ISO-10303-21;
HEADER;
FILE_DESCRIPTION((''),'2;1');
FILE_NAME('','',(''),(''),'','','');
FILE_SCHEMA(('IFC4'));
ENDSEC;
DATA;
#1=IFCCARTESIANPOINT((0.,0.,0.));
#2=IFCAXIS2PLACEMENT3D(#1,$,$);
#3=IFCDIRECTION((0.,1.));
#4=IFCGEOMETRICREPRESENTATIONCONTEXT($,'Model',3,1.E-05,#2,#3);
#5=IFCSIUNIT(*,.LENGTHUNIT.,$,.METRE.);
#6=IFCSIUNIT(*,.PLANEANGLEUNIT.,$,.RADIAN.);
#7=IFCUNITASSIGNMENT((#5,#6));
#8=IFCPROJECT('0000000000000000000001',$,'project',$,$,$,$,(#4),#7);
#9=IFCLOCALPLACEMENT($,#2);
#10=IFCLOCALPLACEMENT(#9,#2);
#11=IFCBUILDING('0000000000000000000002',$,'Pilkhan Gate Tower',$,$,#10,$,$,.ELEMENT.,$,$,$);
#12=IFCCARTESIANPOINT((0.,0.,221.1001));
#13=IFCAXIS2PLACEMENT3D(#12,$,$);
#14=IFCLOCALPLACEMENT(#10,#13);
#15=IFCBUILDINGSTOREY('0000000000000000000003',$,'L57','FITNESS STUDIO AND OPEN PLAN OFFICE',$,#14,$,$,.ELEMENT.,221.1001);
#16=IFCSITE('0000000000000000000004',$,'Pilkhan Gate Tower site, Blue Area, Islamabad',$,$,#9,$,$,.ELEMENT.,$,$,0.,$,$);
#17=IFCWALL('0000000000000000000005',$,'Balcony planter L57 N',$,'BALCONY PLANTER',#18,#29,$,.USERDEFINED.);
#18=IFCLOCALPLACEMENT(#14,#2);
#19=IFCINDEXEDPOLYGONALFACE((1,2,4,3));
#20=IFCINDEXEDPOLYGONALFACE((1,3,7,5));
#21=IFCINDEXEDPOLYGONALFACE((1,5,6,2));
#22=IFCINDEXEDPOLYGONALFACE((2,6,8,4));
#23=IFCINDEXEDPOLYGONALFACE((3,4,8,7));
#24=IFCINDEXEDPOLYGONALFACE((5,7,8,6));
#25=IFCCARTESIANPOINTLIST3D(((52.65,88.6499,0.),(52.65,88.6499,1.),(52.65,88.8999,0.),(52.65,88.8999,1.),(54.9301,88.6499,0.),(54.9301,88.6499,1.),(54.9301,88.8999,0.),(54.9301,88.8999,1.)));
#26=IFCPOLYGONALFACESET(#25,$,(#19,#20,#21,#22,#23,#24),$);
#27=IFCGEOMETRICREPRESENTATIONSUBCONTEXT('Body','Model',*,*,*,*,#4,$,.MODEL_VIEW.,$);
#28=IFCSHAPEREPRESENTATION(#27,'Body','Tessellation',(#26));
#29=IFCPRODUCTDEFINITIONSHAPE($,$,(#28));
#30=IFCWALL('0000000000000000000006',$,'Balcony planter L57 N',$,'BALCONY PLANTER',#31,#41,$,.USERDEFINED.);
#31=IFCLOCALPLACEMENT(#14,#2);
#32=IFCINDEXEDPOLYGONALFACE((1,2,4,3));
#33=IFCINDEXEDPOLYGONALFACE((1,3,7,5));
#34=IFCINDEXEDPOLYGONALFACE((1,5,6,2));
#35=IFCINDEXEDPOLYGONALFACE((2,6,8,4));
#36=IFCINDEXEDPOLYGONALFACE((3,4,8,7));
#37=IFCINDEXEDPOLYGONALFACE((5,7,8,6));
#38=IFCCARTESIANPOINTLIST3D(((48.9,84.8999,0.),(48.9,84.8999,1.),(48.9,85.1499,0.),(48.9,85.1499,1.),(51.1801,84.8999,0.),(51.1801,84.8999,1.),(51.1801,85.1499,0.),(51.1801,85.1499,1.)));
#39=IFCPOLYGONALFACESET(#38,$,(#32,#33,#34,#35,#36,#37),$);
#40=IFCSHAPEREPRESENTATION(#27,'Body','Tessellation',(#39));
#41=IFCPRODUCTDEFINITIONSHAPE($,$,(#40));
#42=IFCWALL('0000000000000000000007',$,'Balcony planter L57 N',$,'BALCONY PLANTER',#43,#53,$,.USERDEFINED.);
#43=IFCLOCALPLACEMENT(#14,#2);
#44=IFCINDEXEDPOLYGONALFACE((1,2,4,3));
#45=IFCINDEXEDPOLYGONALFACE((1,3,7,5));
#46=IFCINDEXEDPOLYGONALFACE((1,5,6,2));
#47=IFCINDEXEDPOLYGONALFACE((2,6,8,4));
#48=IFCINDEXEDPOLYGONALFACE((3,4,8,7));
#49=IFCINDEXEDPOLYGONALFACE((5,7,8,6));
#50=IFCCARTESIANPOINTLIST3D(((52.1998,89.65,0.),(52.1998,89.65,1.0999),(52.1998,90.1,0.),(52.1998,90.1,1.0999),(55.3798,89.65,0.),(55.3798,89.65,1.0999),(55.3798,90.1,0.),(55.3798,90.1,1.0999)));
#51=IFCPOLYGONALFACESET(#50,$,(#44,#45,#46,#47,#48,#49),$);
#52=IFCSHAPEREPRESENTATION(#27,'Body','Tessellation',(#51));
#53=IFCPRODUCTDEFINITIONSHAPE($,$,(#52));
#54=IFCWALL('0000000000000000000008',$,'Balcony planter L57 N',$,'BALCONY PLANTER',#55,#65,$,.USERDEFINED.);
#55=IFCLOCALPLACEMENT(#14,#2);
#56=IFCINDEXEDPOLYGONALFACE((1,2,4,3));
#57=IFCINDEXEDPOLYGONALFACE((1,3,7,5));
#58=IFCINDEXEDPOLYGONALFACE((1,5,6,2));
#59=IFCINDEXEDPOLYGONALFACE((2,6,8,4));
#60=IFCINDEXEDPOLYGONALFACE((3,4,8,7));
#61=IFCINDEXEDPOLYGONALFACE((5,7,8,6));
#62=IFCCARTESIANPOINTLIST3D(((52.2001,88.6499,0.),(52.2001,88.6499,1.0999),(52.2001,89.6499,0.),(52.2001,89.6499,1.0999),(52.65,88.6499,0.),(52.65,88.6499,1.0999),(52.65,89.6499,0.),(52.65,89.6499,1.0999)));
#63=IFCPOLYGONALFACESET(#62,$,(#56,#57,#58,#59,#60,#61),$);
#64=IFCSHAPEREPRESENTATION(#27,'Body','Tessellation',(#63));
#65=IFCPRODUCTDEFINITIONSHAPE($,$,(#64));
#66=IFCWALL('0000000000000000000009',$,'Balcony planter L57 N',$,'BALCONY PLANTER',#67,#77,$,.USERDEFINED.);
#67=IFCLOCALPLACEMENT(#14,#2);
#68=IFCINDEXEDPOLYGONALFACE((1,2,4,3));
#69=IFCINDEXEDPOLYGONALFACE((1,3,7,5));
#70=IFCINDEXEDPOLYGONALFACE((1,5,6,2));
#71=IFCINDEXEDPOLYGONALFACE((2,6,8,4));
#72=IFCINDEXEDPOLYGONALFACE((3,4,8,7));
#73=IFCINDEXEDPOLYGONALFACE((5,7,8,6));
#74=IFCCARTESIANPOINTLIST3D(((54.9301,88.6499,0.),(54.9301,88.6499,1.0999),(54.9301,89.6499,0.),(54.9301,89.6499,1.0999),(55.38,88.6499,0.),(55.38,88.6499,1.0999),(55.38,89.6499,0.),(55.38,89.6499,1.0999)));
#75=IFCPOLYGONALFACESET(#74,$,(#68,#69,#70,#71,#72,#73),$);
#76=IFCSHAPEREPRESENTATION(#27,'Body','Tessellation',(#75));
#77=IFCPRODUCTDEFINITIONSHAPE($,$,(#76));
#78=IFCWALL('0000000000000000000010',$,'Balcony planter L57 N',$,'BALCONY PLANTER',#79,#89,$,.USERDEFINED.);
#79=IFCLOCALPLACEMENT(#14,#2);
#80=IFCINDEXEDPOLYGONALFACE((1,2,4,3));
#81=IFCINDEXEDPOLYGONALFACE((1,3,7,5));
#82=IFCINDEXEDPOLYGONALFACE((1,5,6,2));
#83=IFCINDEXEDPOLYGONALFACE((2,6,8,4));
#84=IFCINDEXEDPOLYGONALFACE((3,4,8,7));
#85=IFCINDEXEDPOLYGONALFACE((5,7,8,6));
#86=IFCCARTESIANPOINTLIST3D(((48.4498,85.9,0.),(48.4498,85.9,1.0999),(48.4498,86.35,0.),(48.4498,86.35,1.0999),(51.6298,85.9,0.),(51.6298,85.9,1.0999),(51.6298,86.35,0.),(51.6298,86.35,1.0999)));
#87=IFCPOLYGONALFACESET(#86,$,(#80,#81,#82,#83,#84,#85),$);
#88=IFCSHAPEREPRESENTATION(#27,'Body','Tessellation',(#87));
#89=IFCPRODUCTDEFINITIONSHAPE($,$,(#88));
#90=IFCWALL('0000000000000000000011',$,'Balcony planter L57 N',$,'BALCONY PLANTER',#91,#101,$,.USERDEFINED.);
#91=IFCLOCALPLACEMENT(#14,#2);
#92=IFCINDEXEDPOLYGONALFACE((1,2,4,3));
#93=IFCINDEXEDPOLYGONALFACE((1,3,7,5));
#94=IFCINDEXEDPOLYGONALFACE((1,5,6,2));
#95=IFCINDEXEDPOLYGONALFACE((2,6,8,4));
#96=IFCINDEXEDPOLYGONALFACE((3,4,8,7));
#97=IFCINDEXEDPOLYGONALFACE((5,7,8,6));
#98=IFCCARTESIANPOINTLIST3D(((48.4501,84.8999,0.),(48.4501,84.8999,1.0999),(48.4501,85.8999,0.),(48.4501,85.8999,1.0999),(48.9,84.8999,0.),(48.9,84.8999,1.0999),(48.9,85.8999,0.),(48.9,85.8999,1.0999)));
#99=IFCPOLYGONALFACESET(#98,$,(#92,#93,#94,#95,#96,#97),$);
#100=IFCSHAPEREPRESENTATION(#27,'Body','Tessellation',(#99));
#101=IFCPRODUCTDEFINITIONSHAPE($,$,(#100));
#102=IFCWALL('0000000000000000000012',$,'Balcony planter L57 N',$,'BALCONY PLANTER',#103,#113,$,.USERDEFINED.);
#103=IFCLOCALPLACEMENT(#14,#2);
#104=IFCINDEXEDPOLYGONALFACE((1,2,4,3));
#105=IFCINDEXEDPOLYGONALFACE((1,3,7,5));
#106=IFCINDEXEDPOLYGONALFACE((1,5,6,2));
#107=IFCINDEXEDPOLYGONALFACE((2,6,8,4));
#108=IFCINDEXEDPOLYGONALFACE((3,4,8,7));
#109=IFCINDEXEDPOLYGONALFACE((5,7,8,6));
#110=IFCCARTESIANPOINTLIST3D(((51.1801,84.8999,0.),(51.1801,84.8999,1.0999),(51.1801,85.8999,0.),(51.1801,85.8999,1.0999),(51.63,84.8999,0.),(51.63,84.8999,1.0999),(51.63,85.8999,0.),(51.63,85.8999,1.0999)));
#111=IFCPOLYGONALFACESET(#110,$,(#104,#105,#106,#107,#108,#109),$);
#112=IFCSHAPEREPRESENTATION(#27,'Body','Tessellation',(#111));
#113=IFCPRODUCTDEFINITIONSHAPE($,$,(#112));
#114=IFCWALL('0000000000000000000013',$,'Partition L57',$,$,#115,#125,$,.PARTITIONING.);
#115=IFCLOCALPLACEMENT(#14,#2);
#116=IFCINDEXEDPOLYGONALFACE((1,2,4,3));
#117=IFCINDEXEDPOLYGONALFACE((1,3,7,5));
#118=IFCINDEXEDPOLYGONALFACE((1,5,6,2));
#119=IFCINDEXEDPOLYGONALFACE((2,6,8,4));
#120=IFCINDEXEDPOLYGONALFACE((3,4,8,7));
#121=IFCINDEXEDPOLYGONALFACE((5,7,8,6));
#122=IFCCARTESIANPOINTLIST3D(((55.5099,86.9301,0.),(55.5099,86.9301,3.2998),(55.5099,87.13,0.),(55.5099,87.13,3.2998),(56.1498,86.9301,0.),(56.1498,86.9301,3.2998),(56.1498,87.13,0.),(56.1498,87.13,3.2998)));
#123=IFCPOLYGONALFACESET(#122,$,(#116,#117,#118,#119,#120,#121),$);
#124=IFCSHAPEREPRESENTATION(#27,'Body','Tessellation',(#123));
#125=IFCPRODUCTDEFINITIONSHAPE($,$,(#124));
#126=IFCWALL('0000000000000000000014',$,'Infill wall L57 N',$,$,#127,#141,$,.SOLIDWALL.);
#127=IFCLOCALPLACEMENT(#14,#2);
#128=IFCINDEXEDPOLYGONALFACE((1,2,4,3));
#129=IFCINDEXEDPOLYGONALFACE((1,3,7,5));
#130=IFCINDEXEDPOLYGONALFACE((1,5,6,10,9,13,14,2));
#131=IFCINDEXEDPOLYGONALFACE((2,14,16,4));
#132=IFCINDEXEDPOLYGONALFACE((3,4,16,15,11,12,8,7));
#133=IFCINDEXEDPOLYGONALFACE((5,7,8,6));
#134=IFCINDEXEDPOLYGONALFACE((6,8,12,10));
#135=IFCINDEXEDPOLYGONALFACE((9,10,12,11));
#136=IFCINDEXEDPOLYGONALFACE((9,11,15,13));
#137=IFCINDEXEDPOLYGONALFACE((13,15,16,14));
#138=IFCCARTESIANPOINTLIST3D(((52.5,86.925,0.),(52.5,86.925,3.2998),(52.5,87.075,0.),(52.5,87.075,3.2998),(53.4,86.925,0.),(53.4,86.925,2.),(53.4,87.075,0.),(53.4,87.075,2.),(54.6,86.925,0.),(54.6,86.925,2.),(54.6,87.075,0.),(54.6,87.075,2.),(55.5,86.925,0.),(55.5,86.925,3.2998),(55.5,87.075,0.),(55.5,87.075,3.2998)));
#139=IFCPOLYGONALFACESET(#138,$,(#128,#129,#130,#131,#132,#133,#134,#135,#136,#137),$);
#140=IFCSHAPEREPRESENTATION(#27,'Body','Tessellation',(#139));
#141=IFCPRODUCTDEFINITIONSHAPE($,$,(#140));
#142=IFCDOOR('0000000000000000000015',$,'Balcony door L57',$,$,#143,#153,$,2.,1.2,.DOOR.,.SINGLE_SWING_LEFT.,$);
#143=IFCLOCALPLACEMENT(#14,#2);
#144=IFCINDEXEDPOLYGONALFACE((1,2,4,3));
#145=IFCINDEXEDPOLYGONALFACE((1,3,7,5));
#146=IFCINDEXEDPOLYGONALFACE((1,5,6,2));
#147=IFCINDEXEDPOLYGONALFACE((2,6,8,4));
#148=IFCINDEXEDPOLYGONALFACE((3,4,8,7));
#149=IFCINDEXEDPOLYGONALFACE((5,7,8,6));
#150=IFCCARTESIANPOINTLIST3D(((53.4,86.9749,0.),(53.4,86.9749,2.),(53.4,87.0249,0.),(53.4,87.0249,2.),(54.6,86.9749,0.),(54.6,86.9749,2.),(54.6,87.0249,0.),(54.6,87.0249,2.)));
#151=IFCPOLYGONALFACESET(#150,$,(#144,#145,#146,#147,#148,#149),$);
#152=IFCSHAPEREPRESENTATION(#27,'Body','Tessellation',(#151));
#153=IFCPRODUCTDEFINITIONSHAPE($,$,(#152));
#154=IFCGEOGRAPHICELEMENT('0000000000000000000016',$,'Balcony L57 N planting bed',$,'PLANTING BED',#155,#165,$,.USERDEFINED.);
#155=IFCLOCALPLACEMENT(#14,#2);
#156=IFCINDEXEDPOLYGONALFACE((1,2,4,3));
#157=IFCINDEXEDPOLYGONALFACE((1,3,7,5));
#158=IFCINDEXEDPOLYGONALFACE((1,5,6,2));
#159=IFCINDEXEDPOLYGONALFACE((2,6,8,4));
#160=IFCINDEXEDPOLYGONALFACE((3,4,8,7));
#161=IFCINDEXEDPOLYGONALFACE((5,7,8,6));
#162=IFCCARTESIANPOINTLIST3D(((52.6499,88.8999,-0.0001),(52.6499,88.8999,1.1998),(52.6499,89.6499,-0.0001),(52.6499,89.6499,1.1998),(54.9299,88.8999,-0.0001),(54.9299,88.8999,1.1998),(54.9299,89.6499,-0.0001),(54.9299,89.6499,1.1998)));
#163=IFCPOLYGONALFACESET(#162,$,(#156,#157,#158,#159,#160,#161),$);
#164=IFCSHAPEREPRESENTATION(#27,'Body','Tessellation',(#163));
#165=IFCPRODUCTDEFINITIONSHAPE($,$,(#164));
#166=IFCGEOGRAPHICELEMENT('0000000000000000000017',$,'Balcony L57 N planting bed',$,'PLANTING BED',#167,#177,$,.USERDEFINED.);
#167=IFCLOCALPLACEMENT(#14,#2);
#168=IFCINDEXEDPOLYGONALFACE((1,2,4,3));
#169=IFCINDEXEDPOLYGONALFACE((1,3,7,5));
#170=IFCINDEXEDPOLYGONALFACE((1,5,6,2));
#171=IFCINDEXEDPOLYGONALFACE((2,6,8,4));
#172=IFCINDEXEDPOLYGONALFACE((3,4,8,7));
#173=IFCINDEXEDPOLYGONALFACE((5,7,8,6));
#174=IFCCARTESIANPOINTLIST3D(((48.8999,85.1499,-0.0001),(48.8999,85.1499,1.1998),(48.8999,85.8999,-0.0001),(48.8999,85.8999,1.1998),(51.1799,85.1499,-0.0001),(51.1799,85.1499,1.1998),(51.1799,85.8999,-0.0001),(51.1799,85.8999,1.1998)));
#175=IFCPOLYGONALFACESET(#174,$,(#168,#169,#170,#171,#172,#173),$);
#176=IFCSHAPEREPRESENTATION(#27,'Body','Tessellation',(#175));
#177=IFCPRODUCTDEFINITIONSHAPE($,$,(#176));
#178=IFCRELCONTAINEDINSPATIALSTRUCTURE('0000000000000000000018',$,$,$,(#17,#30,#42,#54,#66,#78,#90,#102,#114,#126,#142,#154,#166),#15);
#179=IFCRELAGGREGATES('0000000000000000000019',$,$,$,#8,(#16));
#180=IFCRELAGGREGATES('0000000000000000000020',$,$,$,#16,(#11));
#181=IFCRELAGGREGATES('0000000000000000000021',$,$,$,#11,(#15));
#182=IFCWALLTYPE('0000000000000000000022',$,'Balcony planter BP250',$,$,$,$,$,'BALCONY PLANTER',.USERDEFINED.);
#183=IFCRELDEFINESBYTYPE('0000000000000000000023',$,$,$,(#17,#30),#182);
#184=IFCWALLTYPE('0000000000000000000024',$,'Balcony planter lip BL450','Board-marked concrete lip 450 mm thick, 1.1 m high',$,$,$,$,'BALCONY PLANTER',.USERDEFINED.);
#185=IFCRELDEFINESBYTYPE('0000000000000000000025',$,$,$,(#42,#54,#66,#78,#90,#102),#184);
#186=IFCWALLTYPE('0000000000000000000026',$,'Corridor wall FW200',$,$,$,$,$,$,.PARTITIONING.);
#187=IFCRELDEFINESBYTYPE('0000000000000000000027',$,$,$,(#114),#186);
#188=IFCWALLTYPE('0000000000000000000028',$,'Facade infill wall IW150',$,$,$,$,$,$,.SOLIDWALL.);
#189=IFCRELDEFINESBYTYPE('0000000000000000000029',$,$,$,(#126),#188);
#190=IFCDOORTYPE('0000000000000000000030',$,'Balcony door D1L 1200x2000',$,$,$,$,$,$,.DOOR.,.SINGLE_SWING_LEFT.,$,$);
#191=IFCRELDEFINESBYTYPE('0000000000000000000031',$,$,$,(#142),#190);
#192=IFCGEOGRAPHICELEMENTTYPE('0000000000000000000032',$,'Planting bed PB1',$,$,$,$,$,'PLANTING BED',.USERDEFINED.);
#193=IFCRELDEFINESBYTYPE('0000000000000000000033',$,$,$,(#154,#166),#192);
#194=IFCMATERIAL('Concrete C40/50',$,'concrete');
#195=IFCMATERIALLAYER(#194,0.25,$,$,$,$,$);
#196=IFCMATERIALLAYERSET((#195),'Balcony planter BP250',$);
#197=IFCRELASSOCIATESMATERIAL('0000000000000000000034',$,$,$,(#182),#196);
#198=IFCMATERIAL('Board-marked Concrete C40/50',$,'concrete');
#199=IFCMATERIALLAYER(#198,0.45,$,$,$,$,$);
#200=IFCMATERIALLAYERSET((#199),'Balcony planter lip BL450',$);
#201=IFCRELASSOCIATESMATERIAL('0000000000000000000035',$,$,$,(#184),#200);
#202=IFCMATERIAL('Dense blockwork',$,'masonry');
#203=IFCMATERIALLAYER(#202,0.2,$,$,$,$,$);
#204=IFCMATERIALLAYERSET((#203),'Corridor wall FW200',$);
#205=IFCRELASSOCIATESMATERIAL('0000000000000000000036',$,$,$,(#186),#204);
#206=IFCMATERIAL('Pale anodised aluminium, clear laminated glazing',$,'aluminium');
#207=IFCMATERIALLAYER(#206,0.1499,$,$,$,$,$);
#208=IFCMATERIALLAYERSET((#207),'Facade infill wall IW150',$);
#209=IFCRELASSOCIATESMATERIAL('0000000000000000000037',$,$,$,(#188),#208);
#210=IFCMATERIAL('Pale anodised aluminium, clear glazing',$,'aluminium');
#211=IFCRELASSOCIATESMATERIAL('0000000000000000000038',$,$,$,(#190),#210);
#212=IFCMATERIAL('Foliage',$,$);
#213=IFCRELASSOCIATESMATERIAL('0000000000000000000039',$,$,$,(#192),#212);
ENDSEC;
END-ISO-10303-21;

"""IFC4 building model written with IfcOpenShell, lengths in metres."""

from ifc_helpers import new_model, si_unit, direction, frame, frame_2d, origin, origin_2d, place, context, subcontext, project, spatial, rectangle, extrude, material, layer, layer_set, material_profile, profile_set, type_object, element, fill, save


model = new_model("IFC4")

# Units and contexts
model_context = context("Model", 3, precision=1e-05, world=origin(), true_north=direction((0.0, 1.0)))
body_context = subcontext(model_context, "Body", "Model", "MODEL_VIEW")
ifc_project = project(units=[si_unit("LENGTHUNIT", "METRE"), si_unit("PLANEANGLEUNIT", "RADIAN")], contexts=[model_context])

# Site, building, storey
site_placement = place(None, origin())
site = spatial("IfcSite", under=ifc_project, at=site_placement, Name="Pilkhan Gate Tower site, Blue Area, Islamabad", CompositionType="ELEMENT", RefElevation=0.0)
building_placement = place(site_placement, origin())
building = spatial("IfcBuilding", under=site, at=building_placement, Name="Pilkhan Gate Tower", CompositionType="ELEMENT")
storey_placement = place(building_placement, frame((0.0, 0.0, 221.1001)))
storey = spatial("IfcBuildingStorey", under=building, at=storey_placement, Name="L57", Description="FITNESS STUDIO AND OPEN PLAN OFFICE", CompositionType="ELEMENT", Elevation=221.1001)

# Walls
ifc_material_1 = material(Name="Concrete C40/50", Category="concrete")
ifc_layer_1 = layer(ifc_material_1, 0.25)
ifc_layer_set_1 = layer_set([ifc_layer_1], Name="Balcony planter BP250")
wall_type_1 = type_object("IfcWallType", Name="Balcony planter BP250", ElementType="BALCONY PLANTER", PredefinedType="USERDEFINED", material=ifc_layer_set_1)
for number, where, z_axis, x_axis, name in (
    (1, (52.6499, 88.7749, 0.0), (0.0, 0.0, 1.0), (1.0, 0.0, 0.0), "Balcony planter L57 N"),
    (2, (48.8999, 85.0249, 0.0), (0.0, 0.0, 1.0), (1.0, 0.0, 0.0), "Balcony planter L57 N"),
):
    element("IfcWall", number, at=place(storey_placement, frame(where, z_axis=z_axis, x_axis=x_axis)), inside=storey, type_object=wall_type_1, Name=name, ObjectType="BALCONY PLANTER", PredefinedType="USERDEFINED", context=body_context, shape_type="SweptSolid", body=[
        extrude(rectangle(XDim=2.28, YDim=0.25, at=frame_2d((1.1401, 0.0))), origin(), (0.0, 0.0, 1.0), 1.0),
    ])
ifc_material_2 = material(Name="Board-marked Concrete C40/50", Category="concrete")
ifc_layer_2 = layer(ifc_material_2, 0.45)
ifc_layer_set_2 = layer_set([ifc_layer_2], Name="Balcony planter lip BL450")
wall_type_2 = type_object("IfcWallType", Name="Balcony planter lip BL450", Description="Board-marked concrete lip 450 mm thick, 1.1 m high", ElementType="BALCONY PLANTER", PredefinedType="USERDEFINED", material=ifc_layer_set_2)
wall_1_placement = place(storey_placement, frame((52.2, 89.875, 0.0), z_axis=(0.0, 0.0, 1.0), x_axis=(1.0, 0.0, 0.0)))
element("IfcWall", 3, at=wall_1_placement, inside=storey, type_object=wall_type_2, Name="Balcony planter L57 N", ObjectType="BALCONY PLANTER", PredefinedType="USERDEFINED", context=body_context, shape_type="SweptSolid", body=[
    extrude(rectangle(XDim=3.1799, YDim=0.45, at=frame_2d((1.5898, 0.0))), origin(), (0.0, 0.0, 1.0), 1.0999),
])
for number, where, z_axis, x_axis, name in (
    (4, (52.425, 88.6499, 0.0), (0.0, 0.0, 1.0), (0.0, 1.0, 0.0), "Balcony planter L57 N"),
    (5, (55.155, 88.6499, 0.0), (0.0, 0.0, 1.0), (0.0, 1.0, 0.0), "Balcony planter L57 N"),
):
    element("IfcWall", number, at=place(storey_placement, frame(where, z_axis=z_axis, x_axis=x_axis)), inside=storey, type_object=wall_type_2, Name=name, ObjectType="BALCONY PLANTER", PredefinedType="USERDEFINED", context=body_context, shape_type="SweptSolid", body=[
        extrude(rectangle(XDim=1.0, YDim=0.45, at=frame_2d((0.5, 0.0))), origin(), (0.0, 0.0, 1.0), 1.0999),
    ])
wall_2_placement = place(storey_placement, frame((48.45, 86.125, 0.0), z_axis=(0.0, 0.0, 1.0), x_axis=(1.0, 0.0, 0.0)))
element("IfcWall", 6, at=wall_2_placement, inside=storey, type_object=wall_type_2, Name="Balcony planter L57 N", ObjectType="BALCONY PLANTER", PredefinedType="USERDEFINED", context=body_context, shape_type="SweptSolid", body=[
    extrude(rectangle(XDim=3.1799, YDim=0.45, at=frame_2d((1.5898, 0.0))), origin(), (0.0, 0.0, 1.0), 1.0999),
])
for number, where, z_axis, x_axis, name in (
    (7, (48.675, 84.8999, 0.0), (0.0, 0.0, 1.0), (0.0, 1.0, 0.0), "Balcony planter L57 N"),
    (8, (51.405, 84.8999, 0.0), (0.0, 0.0, 1.0), (0.0, 1.0, 0.0), "Balcony planter L57 N"),
):
    element("IfcWall", number, at=place(storey_placement, frame(where, z_axis=z_axis, x_axis=x_axis)), inside=storey, type_object=wall_type_2, Name=name, ObjectType="BALCONY PLANTER", PredefinedType="USERDEFINED", context=body_context, shape_type="SweptSolid", body=[
        extrude(rectangle(XDim=1.0, YDim=0.45, at=frame_2d((0.5, 0.0))), origin(), (0.0, 0.0, 1.0), 1.0999),
    ])
ifc_material_3 = material(Name="Dense blockwork", Category="masonry")
ifc_layer_3 = layer(ifc_material_3, 0.2)
ifc_layer_set_3 = layer_set([ifc_layer_3], Name="Corridor wall FW200")
wall_type_3 = type_object("IfcWallType", Name="Corridor wall FW200", PredefinedType="PARTITIONING", material=ifc_layer_set_3)
wall_3_placement = place(storey_placement, frame((55.51, 87.03, 0.0), z_axis=(0.0, 0.0, 1.0), x_axis=(1.0, 0.0, 0.0)))
element("IfcWall", 9, at=wall_3_placement, inside=storey, type_object=wall_type_3, Name="Partition L57", PredefinedType="PARTITIONING", context=body_context, shape_type="SweptSolid", body=[
    extrude(rectangle(XDim=0.6399, YDim=0.2, at=frame_2d((0.3198, 0.0))), origin(), (0.0, 0.0, 1.0), 3.2998),
])

# Wall, opening, door
ifc_material_4 = material(Name="Pale anodised aluminium, clear laminated glazing", Category="aluminium")
ifc_layer_4 = layer(ifc_material_4, 0.1499)
ifc_layer_set_4 = layer_set([ifc_layer_4], Name="Facade infill wall IW150")
wall_type_4 = type_object("IfcWallType", Name="Facade infill wall IW150", PredefinedType="SOLIDWALL", material=ifc_layer_set_4)
wall_4_placement = place(storey_placement, frame((52.5, 87.0, 0.0), z_axis=(0.0, 0.0, 1.0), x_axis=(1.0, 0.0, 0.0)))
wall_4 = element("IfcWall", 10, at=wall_4_placement, inside=storey, type_object=wall_type_4, Name="Infill wall L57 N", PredefinedType="SOLIDWALL", context=body_context, shape_type="SweptSolid", body=[
    extrude(rectangle(XDim=3.0, YDim=0.1499, at=frame_2d((1.5, 0.0))), origin(), (0.0, 0.0, 1.0), 3.2998),
])
opening_placement = place(wall_4_placement, frame((0.8999, 0.0, 0.0)))
opening = element("IfcOpeningElement", 11, at=opening_placement, cuts=wall_4, PredefinedType="OPENING", context=body_context, shape_type="SweptSolid", body=[
    extrude(rectangle(XDim=1.2, YDim=2.0, at=frame_2d((0.6001, 1.0))), frame((0.0, 0.085, 0.0), z_axis=(0.0, -1.0, 0.0), x_axis=(1.0, 0.0, 0.0)), (0.0, 0.0, 1.0), 0.1699),
])
ifc_material_5 = material(Name="Pale anodised aluminium, clear glazing", Category="aluminium")
door_type = type_object("IfcDoorType", Name="Balcony door D1L 1200x2000", OperationType="SINGLE_SWING_LEFT", PredefinedType="DOOR", material=ifc_material_5)
door_placement = place(opening_placement, origin())
door = element("IfcDoor", 12, at=door_placement, inside=storey, type_object=door_type, Name="Balcony door L57", OperationType="SINGLE_SWING_LEFT", OverallHeight=2.0, OverallWidth=1.2, PredefinedType="DOOR", context=body_context, shape_type="SweptSolid", body=[
    extrude(rectangle(XDim=1.2, YDim=2.0, at=frame_2d((0.6001, 1.0))), frame((0.0, 0.0249, 0.0), z_axis=(0.0, -1.0, 0.0), x_axis=(1.0, 0.0, 0.0)), (0.0, 0.0, 1.0), 0.05),
])
fill(opening, door)

# Geographic elements
ifc_material_6 = material(Name="Foliage")
ifc_material_profile_1 = material_profile(ifc_material_6, rectangle(XDim=0.75, YDim=1.2, at=origin_2d()), Name="Bed 750x1200")
ifc_profile_set_1 = profile_set([ifc_material_profile_1], Name="Foliage")
geographic_element_type_1 = type_object("IfcGeographicElementType", Name="Planting bed PB1", ElementType="PLANTING BED", PredefinedType="USERDEFINED", material=ifc_profile_set_1)
for number, where, z_axis, x_axis, name in (
    (13, (52.6499, 89.2749, 0.5999), (1.0, 0.0, 0.0), (0.0, 1.0, 0.0), "Balcony L57 N planting bed"),
    (14, (48.8999, 85.5249, 0.5999), (1.0, 0.0, 0.0), (0.0, 1.0, 0.0), "Balcony L57 N planting bed"),
):
    element("IfcGeographicElement", number, at=place(storey_placement, frame(where, z_axis=z_axis, x_axis=x_axis)), inside=storey, type_object=geographic_element_type_1, Name=name, ObjectType="PLANTING BED", PredefinedType="USERDEFINED", context=body_context, shape_type="SweptSolid", body=[
        extrude(rectangle(XDim=0.75, YDim=1.2, at=origin_2d()), origin(), (0.0, 0.0, 1.0), 2.28),
    ])

save(model, "model.ifc")
